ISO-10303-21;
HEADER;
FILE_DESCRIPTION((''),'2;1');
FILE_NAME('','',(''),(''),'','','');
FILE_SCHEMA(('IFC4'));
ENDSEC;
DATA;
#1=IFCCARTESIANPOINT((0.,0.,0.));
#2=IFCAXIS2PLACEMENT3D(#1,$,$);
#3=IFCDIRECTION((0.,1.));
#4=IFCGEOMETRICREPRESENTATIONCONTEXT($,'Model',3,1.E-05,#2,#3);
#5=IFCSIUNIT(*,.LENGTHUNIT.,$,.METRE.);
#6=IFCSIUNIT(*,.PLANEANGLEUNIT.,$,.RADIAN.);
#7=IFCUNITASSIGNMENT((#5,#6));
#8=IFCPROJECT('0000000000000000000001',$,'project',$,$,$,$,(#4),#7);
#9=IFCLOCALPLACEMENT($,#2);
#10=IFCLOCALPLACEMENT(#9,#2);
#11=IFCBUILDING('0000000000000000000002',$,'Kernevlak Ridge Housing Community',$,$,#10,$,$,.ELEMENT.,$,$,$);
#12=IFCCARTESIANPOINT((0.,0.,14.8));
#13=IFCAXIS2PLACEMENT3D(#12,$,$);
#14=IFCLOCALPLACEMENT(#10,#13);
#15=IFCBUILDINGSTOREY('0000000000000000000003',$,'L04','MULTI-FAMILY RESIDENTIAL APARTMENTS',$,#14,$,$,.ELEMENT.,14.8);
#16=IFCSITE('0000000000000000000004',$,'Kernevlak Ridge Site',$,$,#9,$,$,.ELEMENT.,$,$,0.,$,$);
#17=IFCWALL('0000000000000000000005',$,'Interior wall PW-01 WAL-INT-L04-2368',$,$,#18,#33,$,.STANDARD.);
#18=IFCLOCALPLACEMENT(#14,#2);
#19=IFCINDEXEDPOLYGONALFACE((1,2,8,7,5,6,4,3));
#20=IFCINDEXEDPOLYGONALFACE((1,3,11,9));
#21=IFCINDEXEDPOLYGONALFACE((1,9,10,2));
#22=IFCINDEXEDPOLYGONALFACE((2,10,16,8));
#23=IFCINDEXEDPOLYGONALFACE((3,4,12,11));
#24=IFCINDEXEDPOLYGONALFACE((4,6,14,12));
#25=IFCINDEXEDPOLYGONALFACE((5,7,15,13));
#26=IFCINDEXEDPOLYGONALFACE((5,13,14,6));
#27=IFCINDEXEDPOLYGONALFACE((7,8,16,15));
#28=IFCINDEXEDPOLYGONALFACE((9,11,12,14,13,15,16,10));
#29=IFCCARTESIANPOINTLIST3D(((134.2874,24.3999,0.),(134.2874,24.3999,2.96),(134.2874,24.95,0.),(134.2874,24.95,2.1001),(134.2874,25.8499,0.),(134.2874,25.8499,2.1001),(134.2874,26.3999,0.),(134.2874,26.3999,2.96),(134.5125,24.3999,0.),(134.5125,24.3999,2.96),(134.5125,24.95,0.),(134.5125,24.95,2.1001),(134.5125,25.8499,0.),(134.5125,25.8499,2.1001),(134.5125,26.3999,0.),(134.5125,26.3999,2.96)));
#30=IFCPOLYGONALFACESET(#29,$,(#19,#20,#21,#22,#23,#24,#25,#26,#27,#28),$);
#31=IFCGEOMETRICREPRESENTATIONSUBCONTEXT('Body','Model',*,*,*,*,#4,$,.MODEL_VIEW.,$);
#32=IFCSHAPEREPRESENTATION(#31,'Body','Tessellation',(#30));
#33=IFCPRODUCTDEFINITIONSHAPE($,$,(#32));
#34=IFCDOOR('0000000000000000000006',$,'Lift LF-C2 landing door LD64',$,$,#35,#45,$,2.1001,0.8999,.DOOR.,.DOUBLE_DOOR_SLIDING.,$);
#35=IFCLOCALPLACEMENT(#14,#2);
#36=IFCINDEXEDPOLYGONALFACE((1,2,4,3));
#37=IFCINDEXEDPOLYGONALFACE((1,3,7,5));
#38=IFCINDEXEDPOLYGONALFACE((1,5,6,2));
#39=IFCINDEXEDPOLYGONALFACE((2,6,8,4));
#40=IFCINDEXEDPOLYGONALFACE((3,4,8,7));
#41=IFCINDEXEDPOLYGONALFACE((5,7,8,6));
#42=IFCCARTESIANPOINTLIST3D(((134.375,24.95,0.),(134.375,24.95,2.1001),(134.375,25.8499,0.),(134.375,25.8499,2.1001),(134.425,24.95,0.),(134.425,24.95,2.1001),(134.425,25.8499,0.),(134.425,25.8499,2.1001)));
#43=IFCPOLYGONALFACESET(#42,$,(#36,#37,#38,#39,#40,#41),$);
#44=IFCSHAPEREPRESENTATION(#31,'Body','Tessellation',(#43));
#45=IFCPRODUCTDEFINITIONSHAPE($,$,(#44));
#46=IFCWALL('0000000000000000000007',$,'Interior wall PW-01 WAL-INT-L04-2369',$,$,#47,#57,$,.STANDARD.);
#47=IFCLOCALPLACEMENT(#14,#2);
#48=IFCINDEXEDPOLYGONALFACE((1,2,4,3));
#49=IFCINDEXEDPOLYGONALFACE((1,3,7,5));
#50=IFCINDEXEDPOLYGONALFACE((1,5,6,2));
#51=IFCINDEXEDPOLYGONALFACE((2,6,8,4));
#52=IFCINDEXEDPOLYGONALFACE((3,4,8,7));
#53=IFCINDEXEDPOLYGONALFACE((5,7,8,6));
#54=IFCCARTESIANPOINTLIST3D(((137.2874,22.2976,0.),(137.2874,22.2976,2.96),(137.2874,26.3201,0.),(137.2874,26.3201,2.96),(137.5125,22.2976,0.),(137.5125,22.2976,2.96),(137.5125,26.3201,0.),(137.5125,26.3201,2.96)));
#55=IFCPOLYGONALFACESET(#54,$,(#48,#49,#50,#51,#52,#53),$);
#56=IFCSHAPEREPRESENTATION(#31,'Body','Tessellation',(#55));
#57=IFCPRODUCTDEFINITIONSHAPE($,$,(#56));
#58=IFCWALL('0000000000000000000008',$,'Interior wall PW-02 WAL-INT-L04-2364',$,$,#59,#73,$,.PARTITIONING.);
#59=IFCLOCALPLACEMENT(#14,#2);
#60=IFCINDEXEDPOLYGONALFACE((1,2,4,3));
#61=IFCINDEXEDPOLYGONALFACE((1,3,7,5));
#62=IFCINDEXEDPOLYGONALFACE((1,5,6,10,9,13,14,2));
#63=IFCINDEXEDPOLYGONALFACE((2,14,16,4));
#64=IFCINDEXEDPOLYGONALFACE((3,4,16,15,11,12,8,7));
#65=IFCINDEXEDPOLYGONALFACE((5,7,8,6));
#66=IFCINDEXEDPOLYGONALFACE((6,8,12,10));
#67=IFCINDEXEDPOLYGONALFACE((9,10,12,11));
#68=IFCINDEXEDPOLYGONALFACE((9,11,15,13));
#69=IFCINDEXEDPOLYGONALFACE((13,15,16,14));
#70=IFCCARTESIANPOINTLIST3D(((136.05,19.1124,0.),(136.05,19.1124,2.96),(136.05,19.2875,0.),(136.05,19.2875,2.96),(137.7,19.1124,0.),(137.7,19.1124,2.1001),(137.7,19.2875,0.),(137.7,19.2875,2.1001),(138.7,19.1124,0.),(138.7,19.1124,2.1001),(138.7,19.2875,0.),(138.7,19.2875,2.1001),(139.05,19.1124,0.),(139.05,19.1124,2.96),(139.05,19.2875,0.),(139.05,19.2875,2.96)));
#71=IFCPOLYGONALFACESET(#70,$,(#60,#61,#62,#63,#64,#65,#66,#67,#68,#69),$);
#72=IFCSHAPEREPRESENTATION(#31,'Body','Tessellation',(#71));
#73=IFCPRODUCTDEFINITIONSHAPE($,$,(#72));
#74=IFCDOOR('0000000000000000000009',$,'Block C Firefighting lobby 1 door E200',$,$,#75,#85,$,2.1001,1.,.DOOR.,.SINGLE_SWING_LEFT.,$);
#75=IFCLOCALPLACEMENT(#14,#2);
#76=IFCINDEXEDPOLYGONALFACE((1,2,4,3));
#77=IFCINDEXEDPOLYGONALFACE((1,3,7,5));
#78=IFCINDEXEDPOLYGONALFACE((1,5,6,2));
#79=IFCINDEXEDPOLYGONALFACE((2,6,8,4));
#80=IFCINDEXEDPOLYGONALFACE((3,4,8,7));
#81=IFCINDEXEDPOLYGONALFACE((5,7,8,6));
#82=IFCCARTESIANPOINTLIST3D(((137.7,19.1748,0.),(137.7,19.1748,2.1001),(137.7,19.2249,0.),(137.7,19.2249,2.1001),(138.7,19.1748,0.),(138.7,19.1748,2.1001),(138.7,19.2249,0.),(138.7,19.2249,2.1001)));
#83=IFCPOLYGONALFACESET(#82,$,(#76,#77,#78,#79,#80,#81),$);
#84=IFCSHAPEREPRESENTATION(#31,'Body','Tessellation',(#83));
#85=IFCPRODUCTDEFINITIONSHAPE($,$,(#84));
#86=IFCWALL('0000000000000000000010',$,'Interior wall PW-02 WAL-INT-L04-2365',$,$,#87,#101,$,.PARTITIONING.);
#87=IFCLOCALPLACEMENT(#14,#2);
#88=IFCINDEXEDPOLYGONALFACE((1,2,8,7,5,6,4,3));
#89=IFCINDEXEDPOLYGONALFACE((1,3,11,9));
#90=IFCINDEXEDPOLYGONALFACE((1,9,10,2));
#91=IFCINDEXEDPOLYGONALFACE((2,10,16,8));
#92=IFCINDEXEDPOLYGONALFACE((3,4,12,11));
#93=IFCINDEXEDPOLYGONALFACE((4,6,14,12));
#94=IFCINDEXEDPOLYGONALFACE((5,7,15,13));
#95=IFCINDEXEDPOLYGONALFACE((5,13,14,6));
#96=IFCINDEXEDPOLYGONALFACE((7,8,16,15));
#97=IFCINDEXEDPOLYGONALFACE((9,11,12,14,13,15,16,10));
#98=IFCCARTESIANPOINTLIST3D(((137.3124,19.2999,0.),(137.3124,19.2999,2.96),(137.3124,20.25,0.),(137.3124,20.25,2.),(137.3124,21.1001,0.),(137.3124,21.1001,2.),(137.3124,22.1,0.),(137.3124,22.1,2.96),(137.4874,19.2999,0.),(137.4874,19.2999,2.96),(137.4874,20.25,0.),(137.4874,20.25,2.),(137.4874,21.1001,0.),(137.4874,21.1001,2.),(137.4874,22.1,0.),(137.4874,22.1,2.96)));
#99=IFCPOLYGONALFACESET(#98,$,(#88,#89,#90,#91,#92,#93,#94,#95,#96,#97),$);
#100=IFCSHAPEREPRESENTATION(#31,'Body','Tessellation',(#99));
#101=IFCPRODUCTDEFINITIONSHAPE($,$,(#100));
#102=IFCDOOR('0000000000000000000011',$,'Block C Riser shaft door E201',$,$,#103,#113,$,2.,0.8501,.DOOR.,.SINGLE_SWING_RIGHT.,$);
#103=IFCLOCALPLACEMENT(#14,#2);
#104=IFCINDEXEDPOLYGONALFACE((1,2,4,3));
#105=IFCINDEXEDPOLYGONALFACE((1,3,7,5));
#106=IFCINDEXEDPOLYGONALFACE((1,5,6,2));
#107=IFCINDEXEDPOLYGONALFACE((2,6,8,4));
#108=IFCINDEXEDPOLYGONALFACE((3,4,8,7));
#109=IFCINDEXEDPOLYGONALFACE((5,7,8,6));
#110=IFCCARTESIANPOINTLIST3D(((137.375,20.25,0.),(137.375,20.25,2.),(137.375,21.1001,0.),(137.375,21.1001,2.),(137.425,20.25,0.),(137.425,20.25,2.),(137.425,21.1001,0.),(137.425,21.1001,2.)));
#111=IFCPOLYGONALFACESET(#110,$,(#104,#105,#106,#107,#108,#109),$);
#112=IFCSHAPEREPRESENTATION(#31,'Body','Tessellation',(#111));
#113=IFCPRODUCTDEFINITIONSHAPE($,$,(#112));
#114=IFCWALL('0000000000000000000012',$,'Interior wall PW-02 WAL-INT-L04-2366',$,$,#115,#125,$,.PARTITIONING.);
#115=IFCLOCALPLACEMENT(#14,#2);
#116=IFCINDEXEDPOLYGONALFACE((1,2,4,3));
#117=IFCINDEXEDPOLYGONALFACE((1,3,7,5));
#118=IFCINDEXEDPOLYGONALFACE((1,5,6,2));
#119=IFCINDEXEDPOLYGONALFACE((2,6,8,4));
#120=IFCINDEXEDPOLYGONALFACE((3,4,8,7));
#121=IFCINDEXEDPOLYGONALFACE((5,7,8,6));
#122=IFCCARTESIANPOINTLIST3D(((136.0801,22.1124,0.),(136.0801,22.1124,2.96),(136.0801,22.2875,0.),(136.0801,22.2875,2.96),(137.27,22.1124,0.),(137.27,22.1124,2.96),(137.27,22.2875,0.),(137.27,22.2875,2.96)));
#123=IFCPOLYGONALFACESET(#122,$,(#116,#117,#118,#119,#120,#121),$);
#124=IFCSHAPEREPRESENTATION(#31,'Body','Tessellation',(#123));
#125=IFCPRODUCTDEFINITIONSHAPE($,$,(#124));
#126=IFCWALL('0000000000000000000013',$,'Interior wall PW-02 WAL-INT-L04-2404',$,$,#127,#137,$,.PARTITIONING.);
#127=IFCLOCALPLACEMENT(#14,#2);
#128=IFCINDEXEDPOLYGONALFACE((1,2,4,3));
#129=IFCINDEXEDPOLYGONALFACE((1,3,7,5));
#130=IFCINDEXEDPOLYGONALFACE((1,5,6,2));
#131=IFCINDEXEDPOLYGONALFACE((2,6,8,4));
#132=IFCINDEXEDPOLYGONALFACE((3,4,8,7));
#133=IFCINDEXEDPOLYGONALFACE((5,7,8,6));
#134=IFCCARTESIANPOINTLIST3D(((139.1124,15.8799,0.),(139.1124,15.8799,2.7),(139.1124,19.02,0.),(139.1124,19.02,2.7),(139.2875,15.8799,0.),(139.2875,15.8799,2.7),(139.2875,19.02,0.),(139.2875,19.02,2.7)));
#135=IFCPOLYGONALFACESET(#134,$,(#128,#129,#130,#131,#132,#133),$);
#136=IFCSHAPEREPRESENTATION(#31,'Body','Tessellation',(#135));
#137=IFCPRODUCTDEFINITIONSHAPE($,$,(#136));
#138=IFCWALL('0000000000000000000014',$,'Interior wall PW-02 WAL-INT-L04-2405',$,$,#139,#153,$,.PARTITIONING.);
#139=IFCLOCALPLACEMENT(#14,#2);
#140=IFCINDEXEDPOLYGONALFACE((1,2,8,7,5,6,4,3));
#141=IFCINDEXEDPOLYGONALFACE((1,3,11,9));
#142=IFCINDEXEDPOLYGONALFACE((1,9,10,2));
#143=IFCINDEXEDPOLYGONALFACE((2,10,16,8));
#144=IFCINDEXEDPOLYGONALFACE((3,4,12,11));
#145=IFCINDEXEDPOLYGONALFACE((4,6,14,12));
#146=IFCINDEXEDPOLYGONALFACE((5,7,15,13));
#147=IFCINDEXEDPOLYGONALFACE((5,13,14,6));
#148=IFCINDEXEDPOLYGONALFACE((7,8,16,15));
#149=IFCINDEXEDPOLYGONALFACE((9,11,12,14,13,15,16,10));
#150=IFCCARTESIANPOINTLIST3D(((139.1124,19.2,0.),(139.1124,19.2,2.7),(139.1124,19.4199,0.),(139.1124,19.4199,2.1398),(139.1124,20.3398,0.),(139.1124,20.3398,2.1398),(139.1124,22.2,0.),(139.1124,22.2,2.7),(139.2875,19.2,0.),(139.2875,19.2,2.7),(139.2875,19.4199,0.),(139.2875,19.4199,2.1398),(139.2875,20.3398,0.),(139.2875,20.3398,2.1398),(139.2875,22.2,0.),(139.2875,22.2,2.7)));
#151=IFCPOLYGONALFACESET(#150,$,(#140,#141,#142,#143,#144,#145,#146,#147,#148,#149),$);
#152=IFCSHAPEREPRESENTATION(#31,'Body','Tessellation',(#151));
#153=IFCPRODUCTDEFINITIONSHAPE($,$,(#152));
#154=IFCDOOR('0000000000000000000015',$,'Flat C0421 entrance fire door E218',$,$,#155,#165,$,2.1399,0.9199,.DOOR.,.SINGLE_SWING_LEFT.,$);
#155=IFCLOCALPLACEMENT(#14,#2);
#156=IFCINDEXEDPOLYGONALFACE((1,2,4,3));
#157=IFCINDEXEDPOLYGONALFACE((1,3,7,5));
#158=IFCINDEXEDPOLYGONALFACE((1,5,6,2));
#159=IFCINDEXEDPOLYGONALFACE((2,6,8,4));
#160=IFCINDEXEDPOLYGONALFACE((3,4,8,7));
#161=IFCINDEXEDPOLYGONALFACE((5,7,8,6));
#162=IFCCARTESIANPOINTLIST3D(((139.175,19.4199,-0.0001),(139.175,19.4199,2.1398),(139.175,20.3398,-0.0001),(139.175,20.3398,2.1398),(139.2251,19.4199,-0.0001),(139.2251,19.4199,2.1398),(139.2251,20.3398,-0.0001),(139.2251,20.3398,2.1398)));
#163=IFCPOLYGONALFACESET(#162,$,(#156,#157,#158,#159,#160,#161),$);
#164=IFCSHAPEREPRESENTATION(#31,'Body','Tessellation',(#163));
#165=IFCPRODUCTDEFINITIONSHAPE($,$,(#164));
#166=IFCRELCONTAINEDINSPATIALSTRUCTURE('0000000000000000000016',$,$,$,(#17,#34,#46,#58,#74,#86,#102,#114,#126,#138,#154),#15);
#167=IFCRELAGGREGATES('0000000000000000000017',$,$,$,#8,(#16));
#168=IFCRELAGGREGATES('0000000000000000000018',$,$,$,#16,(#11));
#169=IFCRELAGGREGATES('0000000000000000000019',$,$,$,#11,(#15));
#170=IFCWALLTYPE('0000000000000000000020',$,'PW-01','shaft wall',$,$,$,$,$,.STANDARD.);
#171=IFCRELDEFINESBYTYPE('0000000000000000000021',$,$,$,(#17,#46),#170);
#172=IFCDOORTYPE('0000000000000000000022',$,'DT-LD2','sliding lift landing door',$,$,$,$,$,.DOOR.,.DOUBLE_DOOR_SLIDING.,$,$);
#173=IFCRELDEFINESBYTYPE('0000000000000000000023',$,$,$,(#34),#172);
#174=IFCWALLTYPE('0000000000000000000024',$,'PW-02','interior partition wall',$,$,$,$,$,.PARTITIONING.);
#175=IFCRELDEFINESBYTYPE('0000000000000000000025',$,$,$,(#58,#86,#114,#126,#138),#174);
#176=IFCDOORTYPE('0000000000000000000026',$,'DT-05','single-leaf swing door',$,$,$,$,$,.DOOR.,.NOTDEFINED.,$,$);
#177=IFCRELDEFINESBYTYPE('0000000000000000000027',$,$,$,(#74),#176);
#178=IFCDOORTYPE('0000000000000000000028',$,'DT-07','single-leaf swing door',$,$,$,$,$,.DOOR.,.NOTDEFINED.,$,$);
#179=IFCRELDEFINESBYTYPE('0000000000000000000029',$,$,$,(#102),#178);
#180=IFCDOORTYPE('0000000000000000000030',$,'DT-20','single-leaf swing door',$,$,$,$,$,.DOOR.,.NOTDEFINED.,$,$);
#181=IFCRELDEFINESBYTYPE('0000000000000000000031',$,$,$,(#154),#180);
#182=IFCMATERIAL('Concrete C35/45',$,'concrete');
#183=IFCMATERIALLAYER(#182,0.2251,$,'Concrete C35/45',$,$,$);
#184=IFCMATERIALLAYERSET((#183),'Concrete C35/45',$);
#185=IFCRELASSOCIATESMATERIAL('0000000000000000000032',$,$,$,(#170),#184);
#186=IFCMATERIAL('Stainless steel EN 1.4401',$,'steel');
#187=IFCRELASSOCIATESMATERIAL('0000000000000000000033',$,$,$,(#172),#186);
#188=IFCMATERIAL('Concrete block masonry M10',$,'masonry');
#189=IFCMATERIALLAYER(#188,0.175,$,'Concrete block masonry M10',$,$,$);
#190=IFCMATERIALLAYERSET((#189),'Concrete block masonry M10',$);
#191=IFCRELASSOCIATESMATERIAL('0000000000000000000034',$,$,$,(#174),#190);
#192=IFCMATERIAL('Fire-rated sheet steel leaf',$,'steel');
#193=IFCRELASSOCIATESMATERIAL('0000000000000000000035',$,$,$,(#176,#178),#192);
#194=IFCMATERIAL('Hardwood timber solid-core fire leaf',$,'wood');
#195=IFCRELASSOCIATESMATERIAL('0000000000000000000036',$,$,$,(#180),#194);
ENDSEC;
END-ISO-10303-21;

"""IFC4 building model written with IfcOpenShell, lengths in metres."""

from ifc_helpers import new_model, si_unit, direction, frame, frame_2d, origin, place, context, subcontext, project, spatial, rectangle, extrude, material, layer, layer_set, type_object, element, fill, save


model = new_model("IFC4")

# Units and contexts
model_context = context("Model", 3, precision=1e-05, world=origin(), true_north=direction((0.0, 1.0)))
body_context = subcontext(model_context, "Body", "Model", "MODEL_VIEW")
ifc_project = project(units=[si_unit("LENGTHUNIT", "METRE"), si_unit("PLANEANGLEUNIT", "RADIAN")], contexts=[model_context])

# Site, building, storey
site_placement = place(None, origin())
site = spatial("IfcSite", under=ifc_project, at=site_placement, Name="Kernevlak Ridge Site", CompositionType="ELEMENT", RefElevation=0.0)
building_placement = place(site_placement, origin())
building = spatial("IfcBuilding", under=site, at=building_placement, Name="Kernevlak Ridge Housing Community", CompositionType="ELEMENT")
storey_placement = place(building_placement, frame((0.0, 0.0, 14.8)))
storey = spatial("IfcBuildingStorey", under=building, at=storey_placement, Name="L04", Description="MULTI-FAMILY RESIDENTIAL APARTMENTS", CompositionType="ELEMENT", Elevation=14.8)

# Shared definitions
ifc_material_1 = material(Name="Concrete C35/45", Category="concrete")

# Wall, opening, door
ifc_layer_1 = layer(ifc_material_1, 0.2251, Name="Concrete C35/45")
ifc_layer_set_1 = layer_set([ifc_layer_1], Name="Concrete C35/45")
wall_type_1 = type_object("IfcWallType", Name="PW-01", Description="shaft wall", PredefinedType="STANDARD", material=ifc_layer_set_1)
ifc_material_2 = material(Name="Fire-rated sheet steel leaf", Category="steel")
wall_1_placement = place(storey_placement, frame((134.3999, 24.3999, 0.0), z_axis=(0.0, 0.0, 1.0), x_axis=(0.0, 1.0, 0.0)))
wall_1 = element("IfcWall", 1, at=wall_1_placement, inside=storey, type_object=wall_type_1, Name="Interior wall PW-01 WAL-INT-L04-2368", PredefinedType="STANDARD", context=body_context, shape_type="SweptSolid", body=[
    extrude(rectangle(XDim=2.0, YDim=0.2251, at=frame_2d((1.0, 0.0))), origin(), (0.0, 0.0, 1.0), 2.96),
])
opening_1_placement = place(wall_1_placement, frame((0.55, 0.0, 0.0)))
opening_1 = element("IfcOpeningElement", 2, at=opening_1_placement, cuts=wall_1, PredefinedType="OPENING", context=body_context, shape_type="SweptSolid", body=[
    extrude(rectangle(XDim=0.8999, YDim=2.1001, at=frame_2d((0.45, 1.05))), frame((0.0, 0.1226, 0.0), z_axis=(0.0, -1.0, 0.0), x_axis=(1.0, 0.0, 0.0)), (0.0, 0.0, 1.0), 0.2451),
])
ifc_material_3 = material(Name="Stainless steel EN 1.4401", Category="steel")
door_type_1 = type_object("IfcDoorType", Name="DT-LD2", Description="sliding lift landing door", OperationType="DOUBLE_DOOR_SLIDING", PredefinedType="DOOR", material=ifc_material_3)
door_1_placement = place(opening_1_placement, origin())
door_1 = element("IfcDoor", 3, at=door_1_placement, inside=storey, type_object=door_type_1, Name="Lift LF-C2 landing door LD64", OperationType="DOUBLE_DOOR_SLIDING", OverallHeight=2.1001, OverallWidth=0.8999, PredefinedType="DOOR", context=body_context, shape_type="SweptSolid", body=[
    extrude(rectangle(XDim=0.8999, YDim=2.1001, at=frame_2d((0.45, 1.05))), frame((0.0, 0.0249, 0.0), z_axis=(0.0, -1.0, 0.0), x_axis=(1.0, 0.0, 0.0)), (0.0, 0.0, 1.0), 0.05),
])
fill(opening_1, door_1)

# Wall
wall_2_placement = place(storey_placement, frame((137.3999, 22.2976, 0.0), z_axis=(0.0, 0.0, 1.0), x_axis=(0.0, 1.0, 0.0)))
element("IfcWall", 4, at=wall_2_placement, inside=storey, type_object=wall_type_1, Name="Interior wall PW-01 WAL-INT-L04-2369", PredefinedType="STANDARD", context=body_context, shape_type="SweptSolid", body=[
    extrude(rectangle(XDim=4.0225, YDim=0.2251, at=frame_2d((2.0112, 0.0))), origin(), (0.0, 0.0, 1.0), 2.96),
])

# Walls, openings, doors
ifc_material_4 = material(Name="Concrete block masonry M10", Category="masonry")
ifc_layer_2 = layer(ifc_material_4, 0.175, Name="Concrete block masonry M10")
ifc_layer_set_2 = layer_set([ifc_layer_2], Name="Concrete block masonry M10")
wall_type_2 = type_object("IfcWallType", Name="PW-02", Description="interior partition wall", PredefinedType="PARTITIONING", material=ifc_layer_set_2)
wall_3_placement = place(storey_placement, frame((136.05, 19.2, 0.0), z_axis=(0.0, 0.0, 1.0), x_axis=(1.0, 0.0, 0.0)))
wall_3 = element("IfcWall", 5, at=wall_3_placement, inside=storey, type_object=wall_type_2, Name="Interior wall PW-02 WAL-INT-L04-2364", PredefinedType="PARTITIONING", context=body_context, shape_type="SweptSolid", body=[
    extrude(rectangle(XDim=3.0, YDim=0.175, at=frame_2d((1.5, 0.0))), origin(), (0.0, 0.0, 1.0), 2.96),
])
opening_2_placement = place(wall_3_placement, frame((1.6499, 0.0, 0.0)))
opening_2 = element("IfcOpeningElement", 6, at=opening_2_placement, cuts=wall_3, PredefinedType="OPENING", context=body_context, shape_type="SweptSolid", body=[
    extrude(rectangle(XDim=1.0, YDim=2.1001, at=frame_2d((0.5, 1.05))), frame((0.0, 0.0974, 0.0), z_axis=(0.0, -1.0, 0.0), x_axis=(1.0, 0.0, 0.0)), (0.0, 0.0, 1.0), 0.1951),
])
door_type_2 = type_object("IfcDoorType", Name="DT-05", Description="single-leaf swing door", OperationType="NOTDEFINED", PredefinedType="DOOR", material=ifc_material_2)
door_2_placement = place(opening_2_placement, origin())
door_2 = element("IfcDoor", 7, at=door_2_placement, inside=storey, type_object=door_type_2, Name="Block C Firefighting lobby 1 door E200", OperationType="SINGLE_SWING_LEFT", OverallHeight=2.1001, OverallWidth=1.0, PredefinedType="DOOR", context=body_context, shape_type="SweptSolid", body=[
    extrude(rectangle(XDim=1.0, YDim=2.1001, at=frame_2d((0.5, 1.05))), frame((0.0, 0.0249, 0.0), z_axis=(0.0, -1.0, 0.0), x_axis=(1.0, 0.0, 0.0)), (0.0, 0.0, 1.0), 0.05),
])
fill(opening_2, door_2)
wall_4_placement = place(storey_placement, frame((137.3999, 19.3, 0.0), z_axis=(0.0, 0.0, 1.0), x_axis=(0.0, 1.0, 0.0)))
wall_4 = element("IfcWall", 8, at=wall_4_placement, inside=storey, type_object=wall_type_2, Name="Interior wall PW-02 WAL-INT-L04-2365", PredefinedType="PARTITIONING", context=body_context, shape_type="SweptSolid", body=[
    extrude(rectangle(XDim=2.8, YDim=0.175, at=frame_2d((1.3999, 0.0))), origin(), (0.0, 0.0, 1.0), 2.96),
])
opening_3_placement = place(wall_4_placement, frame((0.95, 0.0, 0.0)))
opening_3 = element("IfcOpeningElement", 9, at=opening_3_placement, cuts=wall_4, PredefinedType="OPENING", context=body_context, shape_type="SweptSolid", body=[
    extrude(rectangle(XDim=0.8501, YDim=2.0, at=frame_2d((0.425, 1.0))), frame((0.0, 0.0974, 0.0), z_axis=(0.0, -1.0, 0.0), x_axis=(1.0, 0.0, 0.0)), (0.0, 0.0, 1.0), 0.1951),
])
door_type_3 = type_object("IfcDoorType", Name="DT-07", Description="single-leaf swing door", OperationType="NOTDEFINED", PredefinedType="DOOR", material=ifc_material_2)
door_3_placement = place(opening_3_placement, origin())
door_3 = element("IfcDoor", 10, at=door_3_placement, inside=storey, type_object=door_type_3, Name="Block C Riser shaft door E201", OperationType="SINGLE_SWING_RIGHT", OverallHeight=2.0, OverallWidth=0.8501, PredefinedType="DOOR", context=body_context, shape_type="SweptSolid", body=[
    extrude(rectangle(XDim=0.8501, YDim=2.0, at=frame_2d((0.425, 1.0))), frame((0.0, 0.0249, 0.0), z_axis=(0.0, -1.0, 0.0), x_axis=(1.0, 0.0, 0.0)), (0.0, 0.0, 1.0), 0.05),
])
fill(opening_3, door_3)

# Walls
wall_5_placement = place(storey_placement, frame((136.0801, 22.2, 0.0), z_axis=(0.0, 0.0, 1.0), x_axis=(1.0, 0.0, 0.0)))
element("IfcWall", 11, at=wall_5_placement, inside=storey, type_object=wall_type_2, Name="Interior wall PW-02 WAL-INT-L04-2366", PredefinedType="PARTITIONING", context=body_context, shape_type="SweptSolid", body=[
    extrude(rectangle(XDim=1.1899, YDim=0.175, at=frame_2d((0.595, 0.0))), origin(), (0.0, 0.0, 1.0), 2.96),
])
wall_6_placement = place(storey_placement, frame((139.2, 15.8799, 0.0), z_axis=(0.0, 0.0, 1.0), x_axis=(0.0, 1.0, 0.0)))
element("IfcWall", 12, at=wall_6_placement, inside=storey, type_object=wall_type_2, Name="Interior wall PW-02 WAL-INT-L04-2404", PredefinedType="PARTITIONING", context=body_context, shape_type="SweptSolid", body=[
    extrude(rectangle(XDim=3.1401, YDim=0.175, at=frame_2d((1.5701, 0.0))), origin(), (0.0, 0.0, 1.0), 2.7),
])

# Wall, opening, door
wall_7_placement = place(storey_placement, frame((139.2, 19.2, 0.0), z_axis=(0.0, 0.0, 1.0), x_axis=(0.0, 1.0, 0.0)))
wall_7 = element("IfcWall", 13, at=wall_7_placement, inside=storey, type_object=wall_type_2, Name="Interior wall PW-02 WAL-INT-L04-2405", PredefinedType="PARTITIONING", context=body_context, shape_type="SweptSolid", body=[
    extrude(rectangle(XDim=3.0, YDim=0.175, at=frame_2d((1.5, 0.0))), origin(), (0.0, 0.0, 1.0), 2.7),
])
opening_4_placement = place(wall_7_placement, frame((0.22, 0.0, 0.0)))
opening_4 = element("IfcOpeningElement", 14, at=opening_4_placement, cuts=wall_7, PredefinedType="OPENING", context=body_context, shape_type="SweptSolid", body=[
    extrude(rectangle(XDim=0.9199, YDim=2.1399, at=frame_2d((0.46, 1.0698))), frame((0.0, 0.0974, 0.0), z_axis=(0.0, -1.0, 0.0), x_axis=(1.0, 0.0, 0.0)), (0.0, 0.0, 1.0), 0.1951),
])
ifc_material_5 = material(Name="Hardwood timber solid-core fire leaf", Category="wood")
door_type_4 = type_object("IfcDoorType", Name="DT-20", Description="single-leaf swing door", OperationType="NOTDEFINED", PredefinedType="DOOR", material=ifc_material_5)
door_4_placement = place(opening_4_placement, origin())
door_4 = element("IfcDoor", 15, at=door_4_placement, inside=storey, type_object=door_type_4, Name="Flat C0421 entrance fire door E218", OperationType="SINGLE_SWING_LEFT", OverallHeight=2.1399, OverallWidth=0.9199, PredefinedType="DOOR", context=body_context, shape_type="SweptSolid", body=[
    extrude(rectangle(XDim=0.9199, YDim=2.1399, at=frame_2d((0.46, 1.0698))), frame((0.0, 0.0249, 0.0), z_axis=(0.0, -1.0, 0.0), x_axis=(1.0, 0.0, 0.0)), (0.0, 0.0, 1.0), 0.05),
])
fill(opening_4, door_4)

save(model, "model.ifc")
